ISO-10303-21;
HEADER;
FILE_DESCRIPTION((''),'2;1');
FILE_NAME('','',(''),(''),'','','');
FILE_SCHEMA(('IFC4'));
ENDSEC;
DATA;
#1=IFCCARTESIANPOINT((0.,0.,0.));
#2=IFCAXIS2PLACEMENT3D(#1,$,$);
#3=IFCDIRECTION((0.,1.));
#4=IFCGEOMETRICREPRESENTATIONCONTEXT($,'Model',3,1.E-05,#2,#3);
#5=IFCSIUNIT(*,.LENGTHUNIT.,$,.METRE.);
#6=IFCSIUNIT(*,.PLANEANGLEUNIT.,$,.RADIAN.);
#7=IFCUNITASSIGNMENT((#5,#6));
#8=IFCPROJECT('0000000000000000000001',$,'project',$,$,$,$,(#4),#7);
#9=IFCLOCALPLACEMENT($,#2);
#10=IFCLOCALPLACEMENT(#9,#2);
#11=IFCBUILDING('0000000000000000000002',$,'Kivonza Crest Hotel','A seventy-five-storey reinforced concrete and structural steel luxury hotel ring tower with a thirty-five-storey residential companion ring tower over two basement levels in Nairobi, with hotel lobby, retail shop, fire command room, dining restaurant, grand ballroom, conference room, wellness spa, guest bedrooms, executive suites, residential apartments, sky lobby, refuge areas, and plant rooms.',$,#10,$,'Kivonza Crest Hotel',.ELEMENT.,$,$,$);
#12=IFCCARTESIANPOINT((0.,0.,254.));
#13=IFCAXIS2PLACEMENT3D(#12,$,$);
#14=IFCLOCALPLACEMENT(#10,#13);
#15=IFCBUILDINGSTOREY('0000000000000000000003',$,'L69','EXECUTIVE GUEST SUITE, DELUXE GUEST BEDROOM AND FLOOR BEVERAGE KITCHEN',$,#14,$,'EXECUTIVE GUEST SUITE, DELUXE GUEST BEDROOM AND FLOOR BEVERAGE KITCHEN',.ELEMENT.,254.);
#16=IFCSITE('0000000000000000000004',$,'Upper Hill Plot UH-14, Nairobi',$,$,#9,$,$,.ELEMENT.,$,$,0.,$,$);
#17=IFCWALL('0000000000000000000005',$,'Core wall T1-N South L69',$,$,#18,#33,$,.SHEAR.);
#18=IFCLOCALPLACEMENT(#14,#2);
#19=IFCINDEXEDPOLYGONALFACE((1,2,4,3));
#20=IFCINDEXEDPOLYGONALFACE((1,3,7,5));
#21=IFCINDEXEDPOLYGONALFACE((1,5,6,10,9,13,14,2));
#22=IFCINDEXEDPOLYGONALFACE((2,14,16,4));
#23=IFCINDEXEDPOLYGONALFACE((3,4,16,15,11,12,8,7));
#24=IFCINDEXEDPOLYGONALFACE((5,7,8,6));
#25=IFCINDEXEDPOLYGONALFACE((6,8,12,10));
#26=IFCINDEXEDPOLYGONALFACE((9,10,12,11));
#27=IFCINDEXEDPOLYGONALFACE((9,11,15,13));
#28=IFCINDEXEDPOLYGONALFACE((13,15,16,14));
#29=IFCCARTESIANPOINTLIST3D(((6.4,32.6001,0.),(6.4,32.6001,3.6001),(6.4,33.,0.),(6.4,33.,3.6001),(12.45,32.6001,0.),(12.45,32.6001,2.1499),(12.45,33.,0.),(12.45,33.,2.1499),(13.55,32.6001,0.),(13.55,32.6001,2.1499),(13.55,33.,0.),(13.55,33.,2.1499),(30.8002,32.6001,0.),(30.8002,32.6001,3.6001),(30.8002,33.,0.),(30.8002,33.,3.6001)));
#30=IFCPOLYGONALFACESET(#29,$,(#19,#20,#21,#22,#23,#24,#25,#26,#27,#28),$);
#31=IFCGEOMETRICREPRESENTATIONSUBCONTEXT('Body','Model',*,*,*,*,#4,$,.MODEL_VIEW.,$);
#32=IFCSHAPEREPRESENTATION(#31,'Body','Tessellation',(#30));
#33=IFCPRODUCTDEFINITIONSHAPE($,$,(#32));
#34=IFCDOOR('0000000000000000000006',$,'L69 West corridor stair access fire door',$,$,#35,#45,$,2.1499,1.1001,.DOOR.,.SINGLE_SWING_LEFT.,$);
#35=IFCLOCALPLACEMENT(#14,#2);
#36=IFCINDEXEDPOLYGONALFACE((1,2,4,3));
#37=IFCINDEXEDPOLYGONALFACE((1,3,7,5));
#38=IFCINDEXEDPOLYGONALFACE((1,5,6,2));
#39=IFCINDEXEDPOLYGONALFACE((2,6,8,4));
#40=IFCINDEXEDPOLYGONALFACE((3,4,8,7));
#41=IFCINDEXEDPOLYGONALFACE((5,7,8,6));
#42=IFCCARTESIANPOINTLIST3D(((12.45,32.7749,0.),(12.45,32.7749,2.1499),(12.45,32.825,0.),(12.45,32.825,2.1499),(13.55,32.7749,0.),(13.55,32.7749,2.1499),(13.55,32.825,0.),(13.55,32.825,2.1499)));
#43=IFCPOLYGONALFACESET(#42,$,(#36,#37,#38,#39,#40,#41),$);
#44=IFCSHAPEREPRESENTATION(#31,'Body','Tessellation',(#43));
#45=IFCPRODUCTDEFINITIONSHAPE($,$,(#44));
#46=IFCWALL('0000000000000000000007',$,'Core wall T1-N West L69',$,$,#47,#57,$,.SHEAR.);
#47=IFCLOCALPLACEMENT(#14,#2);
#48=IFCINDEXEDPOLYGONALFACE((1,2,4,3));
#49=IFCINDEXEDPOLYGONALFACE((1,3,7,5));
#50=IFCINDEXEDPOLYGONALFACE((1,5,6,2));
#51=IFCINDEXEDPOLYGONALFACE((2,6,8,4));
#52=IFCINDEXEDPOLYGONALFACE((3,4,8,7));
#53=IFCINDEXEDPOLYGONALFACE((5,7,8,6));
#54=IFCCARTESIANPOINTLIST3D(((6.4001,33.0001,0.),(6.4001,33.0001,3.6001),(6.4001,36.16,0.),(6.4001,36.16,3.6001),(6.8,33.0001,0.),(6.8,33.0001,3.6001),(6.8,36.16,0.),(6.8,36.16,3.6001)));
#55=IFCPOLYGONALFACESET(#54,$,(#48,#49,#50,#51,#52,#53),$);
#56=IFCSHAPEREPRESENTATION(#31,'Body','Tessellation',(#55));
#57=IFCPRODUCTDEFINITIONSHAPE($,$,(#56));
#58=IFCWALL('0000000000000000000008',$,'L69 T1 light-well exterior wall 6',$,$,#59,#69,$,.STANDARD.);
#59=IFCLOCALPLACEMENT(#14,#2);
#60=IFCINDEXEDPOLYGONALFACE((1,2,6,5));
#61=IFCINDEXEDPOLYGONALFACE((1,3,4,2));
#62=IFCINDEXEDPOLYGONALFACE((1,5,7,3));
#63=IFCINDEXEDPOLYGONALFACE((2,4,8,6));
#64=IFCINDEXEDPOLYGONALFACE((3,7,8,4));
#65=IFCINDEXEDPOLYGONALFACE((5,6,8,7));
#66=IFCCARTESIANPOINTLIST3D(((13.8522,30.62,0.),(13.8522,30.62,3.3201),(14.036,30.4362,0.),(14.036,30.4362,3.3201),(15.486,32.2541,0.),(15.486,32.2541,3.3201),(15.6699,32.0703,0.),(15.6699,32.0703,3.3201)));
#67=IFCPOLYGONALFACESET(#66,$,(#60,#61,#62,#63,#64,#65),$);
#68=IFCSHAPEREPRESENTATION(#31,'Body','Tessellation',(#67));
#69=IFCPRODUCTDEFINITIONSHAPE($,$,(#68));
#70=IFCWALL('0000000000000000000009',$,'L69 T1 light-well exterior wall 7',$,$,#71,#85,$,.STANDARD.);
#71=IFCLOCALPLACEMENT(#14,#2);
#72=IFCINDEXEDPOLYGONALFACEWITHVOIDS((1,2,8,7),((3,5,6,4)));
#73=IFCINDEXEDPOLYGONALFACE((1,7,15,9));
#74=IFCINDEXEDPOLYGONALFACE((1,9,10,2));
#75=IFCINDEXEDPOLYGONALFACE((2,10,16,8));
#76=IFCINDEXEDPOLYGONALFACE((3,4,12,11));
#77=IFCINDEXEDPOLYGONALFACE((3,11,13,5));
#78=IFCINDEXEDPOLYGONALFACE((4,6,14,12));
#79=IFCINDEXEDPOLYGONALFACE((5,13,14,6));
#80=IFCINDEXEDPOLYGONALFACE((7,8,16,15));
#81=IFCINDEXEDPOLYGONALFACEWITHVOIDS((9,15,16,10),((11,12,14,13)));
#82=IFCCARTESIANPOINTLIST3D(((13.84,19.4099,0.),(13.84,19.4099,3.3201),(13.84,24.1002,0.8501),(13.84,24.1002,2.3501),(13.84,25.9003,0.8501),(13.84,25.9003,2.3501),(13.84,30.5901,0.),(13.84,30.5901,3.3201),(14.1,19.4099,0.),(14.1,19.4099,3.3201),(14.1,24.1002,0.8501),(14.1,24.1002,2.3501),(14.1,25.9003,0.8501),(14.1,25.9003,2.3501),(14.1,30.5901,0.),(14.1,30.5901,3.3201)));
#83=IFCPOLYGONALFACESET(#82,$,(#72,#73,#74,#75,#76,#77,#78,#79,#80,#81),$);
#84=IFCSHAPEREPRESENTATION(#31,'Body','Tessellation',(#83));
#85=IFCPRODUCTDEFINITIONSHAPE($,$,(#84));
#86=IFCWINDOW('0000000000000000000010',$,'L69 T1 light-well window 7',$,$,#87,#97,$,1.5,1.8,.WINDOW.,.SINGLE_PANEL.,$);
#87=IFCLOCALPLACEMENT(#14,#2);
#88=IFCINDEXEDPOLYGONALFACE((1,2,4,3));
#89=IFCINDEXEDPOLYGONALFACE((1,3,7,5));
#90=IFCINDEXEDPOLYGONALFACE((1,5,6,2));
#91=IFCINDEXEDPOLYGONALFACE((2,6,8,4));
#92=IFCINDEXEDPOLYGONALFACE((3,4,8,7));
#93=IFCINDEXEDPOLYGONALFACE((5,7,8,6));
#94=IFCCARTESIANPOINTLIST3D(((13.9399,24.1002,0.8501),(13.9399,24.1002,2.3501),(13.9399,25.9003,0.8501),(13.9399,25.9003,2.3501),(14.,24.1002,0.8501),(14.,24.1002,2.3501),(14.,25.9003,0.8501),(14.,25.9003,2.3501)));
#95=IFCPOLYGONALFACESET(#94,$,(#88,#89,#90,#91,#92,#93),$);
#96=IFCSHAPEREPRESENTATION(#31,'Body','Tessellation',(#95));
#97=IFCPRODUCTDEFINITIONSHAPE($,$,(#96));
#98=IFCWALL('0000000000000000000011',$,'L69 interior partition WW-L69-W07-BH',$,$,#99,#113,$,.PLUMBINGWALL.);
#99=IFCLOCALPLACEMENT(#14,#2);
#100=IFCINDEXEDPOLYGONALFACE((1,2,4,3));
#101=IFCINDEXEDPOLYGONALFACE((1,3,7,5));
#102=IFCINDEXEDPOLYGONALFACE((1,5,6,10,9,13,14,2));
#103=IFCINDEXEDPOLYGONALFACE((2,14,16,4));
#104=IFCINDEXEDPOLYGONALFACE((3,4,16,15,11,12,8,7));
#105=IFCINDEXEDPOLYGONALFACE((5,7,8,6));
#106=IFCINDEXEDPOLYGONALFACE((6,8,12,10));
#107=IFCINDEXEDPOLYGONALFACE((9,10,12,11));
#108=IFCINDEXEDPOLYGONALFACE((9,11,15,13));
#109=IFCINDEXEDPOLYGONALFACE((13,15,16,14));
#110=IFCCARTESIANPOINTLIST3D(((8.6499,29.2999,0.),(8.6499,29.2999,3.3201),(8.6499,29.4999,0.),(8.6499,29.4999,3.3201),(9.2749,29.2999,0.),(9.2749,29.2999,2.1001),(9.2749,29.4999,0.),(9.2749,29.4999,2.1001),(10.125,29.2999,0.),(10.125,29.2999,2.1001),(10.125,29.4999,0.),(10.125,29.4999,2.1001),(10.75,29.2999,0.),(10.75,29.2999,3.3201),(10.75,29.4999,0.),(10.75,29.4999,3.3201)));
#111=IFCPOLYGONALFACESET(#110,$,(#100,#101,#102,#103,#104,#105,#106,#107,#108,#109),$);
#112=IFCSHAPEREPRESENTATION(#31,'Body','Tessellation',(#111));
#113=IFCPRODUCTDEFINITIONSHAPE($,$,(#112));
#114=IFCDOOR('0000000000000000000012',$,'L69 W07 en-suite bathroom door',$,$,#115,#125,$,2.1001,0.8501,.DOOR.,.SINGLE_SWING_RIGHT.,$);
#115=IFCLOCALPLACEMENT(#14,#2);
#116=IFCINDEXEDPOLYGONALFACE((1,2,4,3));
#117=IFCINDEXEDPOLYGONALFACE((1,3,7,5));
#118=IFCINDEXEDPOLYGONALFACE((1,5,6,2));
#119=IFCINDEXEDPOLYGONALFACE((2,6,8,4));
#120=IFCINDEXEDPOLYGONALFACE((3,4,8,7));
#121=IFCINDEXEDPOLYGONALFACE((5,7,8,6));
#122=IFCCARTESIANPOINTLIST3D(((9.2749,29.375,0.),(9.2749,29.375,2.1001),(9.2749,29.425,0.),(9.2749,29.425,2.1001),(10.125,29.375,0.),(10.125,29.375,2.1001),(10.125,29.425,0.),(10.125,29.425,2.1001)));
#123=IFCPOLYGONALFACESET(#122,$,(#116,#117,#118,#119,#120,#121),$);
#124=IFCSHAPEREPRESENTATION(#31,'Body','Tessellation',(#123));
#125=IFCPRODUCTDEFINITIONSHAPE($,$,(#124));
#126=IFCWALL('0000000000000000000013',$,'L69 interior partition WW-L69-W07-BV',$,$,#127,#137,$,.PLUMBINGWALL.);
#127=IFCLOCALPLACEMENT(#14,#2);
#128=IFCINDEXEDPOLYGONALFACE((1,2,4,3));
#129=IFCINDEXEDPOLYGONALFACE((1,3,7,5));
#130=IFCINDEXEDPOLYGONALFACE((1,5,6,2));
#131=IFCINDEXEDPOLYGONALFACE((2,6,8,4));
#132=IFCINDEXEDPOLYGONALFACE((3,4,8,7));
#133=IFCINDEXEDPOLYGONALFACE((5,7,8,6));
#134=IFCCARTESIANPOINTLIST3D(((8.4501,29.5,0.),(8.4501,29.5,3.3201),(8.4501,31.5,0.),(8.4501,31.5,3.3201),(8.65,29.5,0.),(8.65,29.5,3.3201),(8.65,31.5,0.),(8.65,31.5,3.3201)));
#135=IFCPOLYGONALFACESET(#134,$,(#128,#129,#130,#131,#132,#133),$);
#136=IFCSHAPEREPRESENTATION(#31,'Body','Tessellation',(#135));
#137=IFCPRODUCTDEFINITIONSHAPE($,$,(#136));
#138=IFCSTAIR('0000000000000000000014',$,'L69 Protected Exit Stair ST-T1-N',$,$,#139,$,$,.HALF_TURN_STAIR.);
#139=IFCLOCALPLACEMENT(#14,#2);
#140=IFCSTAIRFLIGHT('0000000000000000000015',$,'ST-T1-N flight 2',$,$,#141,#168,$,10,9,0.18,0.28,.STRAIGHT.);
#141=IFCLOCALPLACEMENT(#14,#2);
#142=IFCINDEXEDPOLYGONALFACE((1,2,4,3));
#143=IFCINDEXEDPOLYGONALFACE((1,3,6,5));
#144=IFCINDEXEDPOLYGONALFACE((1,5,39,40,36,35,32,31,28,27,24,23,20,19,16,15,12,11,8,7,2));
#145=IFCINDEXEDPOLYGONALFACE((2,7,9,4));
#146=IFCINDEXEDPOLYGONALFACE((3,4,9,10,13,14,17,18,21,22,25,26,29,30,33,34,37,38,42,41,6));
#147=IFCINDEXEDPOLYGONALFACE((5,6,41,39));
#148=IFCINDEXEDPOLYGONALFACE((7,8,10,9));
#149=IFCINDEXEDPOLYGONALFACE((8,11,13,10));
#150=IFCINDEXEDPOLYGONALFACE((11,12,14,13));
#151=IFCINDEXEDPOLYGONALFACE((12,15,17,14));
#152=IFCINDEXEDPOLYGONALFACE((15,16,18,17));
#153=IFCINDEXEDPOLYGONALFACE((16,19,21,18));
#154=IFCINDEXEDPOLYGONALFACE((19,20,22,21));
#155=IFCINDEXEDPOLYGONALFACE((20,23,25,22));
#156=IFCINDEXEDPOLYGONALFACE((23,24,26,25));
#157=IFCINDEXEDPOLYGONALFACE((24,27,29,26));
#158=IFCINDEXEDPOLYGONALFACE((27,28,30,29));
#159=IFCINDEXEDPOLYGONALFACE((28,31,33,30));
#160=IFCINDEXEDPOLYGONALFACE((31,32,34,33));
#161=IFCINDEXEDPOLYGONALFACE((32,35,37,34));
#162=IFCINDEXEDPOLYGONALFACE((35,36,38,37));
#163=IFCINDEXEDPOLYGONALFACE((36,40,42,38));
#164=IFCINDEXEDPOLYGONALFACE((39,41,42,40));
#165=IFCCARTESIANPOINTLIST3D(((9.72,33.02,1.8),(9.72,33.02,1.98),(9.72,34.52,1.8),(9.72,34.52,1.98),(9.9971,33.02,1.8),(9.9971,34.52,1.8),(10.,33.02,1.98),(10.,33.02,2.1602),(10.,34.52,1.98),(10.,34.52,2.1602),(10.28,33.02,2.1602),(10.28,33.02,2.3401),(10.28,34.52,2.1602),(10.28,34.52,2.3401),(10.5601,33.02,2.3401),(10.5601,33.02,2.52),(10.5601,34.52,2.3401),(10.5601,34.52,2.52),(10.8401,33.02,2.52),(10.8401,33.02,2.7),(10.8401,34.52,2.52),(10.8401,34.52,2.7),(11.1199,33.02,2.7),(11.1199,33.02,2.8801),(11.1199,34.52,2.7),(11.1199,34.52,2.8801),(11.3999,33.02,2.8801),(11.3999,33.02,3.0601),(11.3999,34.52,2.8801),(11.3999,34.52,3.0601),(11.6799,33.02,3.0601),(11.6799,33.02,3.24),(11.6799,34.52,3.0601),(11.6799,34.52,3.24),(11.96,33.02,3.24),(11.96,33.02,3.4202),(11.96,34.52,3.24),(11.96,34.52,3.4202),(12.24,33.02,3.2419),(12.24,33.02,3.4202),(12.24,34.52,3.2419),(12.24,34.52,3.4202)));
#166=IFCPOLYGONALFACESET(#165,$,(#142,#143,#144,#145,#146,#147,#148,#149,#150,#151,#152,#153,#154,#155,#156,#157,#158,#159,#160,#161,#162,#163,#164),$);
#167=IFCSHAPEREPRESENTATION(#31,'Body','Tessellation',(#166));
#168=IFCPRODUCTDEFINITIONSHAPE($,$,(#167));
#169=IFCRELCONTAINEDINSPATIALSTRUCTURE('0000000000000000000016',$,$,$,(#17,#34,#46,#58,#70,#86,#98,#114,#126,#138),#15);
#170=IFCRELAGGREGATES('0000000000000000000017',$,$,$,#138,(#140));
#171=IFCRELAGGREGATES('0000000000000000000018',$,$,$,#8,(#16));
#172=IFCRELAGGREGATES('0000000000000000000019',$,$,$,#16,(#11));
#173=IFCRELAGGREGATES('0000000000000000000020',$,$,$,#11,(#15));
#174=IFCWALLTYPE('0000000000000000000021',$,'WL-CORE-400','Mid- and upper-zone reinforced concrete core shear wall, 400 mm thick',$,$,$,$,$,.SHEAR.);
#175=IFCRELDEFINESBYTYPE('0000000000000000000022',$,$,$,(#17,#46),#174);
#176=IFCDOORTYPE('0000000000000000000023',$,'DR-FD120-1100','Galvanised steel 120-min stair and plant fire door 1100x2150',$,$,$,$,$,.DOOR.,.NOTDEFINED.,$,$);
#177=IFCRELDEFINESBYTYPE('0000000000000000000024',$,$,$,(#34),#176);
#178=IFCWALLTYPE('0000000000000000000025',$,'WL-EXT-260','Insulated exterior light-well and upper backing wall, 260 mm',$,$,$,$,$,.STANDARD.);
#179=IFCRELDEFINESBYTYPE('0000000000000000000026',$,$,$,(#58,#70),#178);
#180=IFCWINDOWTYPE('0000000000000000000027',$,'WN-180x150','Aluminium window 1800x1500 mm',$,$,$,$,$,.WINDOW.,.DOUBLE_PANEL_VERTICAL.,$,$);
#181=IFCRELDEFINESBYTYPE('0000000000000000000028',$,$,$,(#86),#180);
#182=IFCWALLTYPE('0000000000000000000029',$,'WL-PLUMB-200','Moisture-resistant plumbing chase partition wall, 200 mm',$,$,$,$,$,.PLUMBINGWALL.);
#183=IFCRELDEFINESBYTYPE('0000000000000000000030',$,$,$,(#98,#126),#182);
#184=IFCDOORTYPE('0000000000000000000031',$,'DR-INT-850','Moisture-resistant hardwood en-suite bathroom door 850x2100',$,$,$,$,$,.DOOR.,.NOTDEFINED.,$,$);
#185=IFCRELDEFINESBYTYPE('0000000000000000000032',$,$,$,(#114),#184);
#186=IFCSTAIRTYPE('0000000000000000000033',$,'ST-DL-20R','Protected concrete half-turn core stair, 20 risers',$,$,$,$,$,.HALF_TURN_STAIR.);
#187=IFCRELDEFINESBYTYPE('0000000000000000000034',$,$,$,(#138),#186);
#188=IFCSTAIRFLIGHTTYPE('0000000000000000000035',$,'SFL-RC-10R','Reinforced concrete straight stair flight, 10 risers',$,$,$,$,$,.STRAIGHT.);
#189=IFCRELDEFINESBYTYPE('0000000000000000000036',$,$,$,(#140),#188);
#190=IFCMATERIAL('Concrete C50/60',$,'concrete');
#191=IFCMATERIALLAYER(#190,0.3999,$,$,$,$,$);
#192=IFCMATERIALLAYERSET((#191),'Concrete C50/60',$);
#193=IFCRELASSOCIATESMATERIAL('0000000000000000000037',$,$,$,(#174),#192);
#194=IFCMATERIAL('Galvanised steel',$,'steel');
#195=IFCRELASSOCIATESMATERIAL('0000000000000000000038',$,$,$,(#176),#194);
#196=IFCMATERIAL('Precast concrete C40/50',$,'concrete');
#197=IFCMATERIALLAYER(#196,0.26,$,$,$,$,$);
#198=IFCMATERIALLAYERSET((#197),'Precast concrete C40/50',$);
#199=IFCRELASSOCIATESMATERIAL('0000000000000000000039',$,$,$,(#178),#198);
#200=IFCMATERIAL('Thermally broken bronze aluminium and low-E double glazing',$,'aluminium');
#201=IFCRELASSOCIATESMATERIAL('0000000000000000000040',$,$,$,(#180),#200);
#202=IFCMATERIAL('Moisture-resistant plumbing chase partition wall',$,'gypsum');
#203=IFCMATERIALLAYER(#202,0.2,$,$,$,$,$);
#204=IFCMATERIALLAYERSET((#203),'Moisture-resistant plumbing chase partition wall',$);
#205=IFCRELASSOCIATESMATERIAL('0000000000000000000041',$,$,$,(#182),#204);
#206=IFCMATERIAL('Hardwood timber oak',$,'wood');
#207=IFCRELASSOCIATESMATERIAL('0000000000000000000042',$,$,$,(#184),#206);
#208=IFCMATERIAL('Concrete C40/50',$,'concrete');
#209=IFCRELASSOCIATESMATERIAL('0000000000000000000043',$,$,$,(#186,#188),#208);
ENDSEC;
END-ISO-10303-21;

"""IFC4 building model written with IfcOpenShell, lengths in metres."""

from ifc_helpers import new_model, si_unit, direction, frame, frame_2d, origin, place, context, subcontext, project, spatial, polyline, rectangle, outline, extrude, material, layer, layer_set, type_object, element, fill, aggregate, save


model = new_model("IFC4")

# Units and contexts
model_context = context("Model", 3, precision=1e-05, world=origin(), true_north=direction((0.0, 1.0)))
body_context = subcontext(model_context, "Body", "Model", "MODEL_VIEW")
ifc_project = project(units=[si_unit("LENGTHUNIT", "METRE"), si_unit("PLANEANGLEUNIT", "RADIAN")], contexts=[model_context])

# Site, building, storey
site_placement = place(None, origin())
site = spatial("IfcSite", under=ifc_project, at=site_placement, Name="Upper Hill Plot UH-14, Nairobi", CompositionType="ELEMENT", RefElevation=0.0)
building_placement = place(site_placement, origin())
building = spatial("IfcBuilding", under=site, at=building_placement, Name="Kivonza Crest Hotel", Description="A seventy-five-storey reinforced concrete and structural steel luxury hotel ring tower with a thirty-five-storey residential companion ring tower over two basement levels in Nairobi, with hotel lobby, retail shop, fire command room, dining restaurant, grand ballroom, conference room, wellness spa, guest bedrooms, executive suites, residential apartments, sky lobby, refuge areas, and plant rooms.", LongName="Kivonza Crest Hotel", CompositionType="ELEMENT")
storey_placement = place(building_placement, frame((0.0, 0.0, 254.0)))
storey = spatial("IfcBuildingStorey", under=building, at=storey_placement, Name="L69", Description="EXECUTIVE GUEST SUITE, DELUXE GUEST BEDROOM AND FLOOR BEVERAGE KITCHEN", LongName="EXECUTIVE GUEST SUITE, DELUXE GUEST BEDROOM AND FLOOR BEVERAGE KITCHEN", CompositionType="ELEMENT", Elevation=254.0)

# Shared definitions
ifc_material_1 = material(Name="Concrete C50/60", Category="concrete")

# Wall, opening, door
ifc_material_2 = material(Name="Hardwood timber oak", Category="wood")
ifc_layer_1 = layer(ifc_material_1, 0.3999)
ifc_layer_set_1 = layer_set([ifc_layer_1], Name="Concrete C50/60")
wall_type_1 = type_object("IfcWallType", Name="WL-CORE-400", Description="Mid- and upper-zone reinforced concrete core shear wall, 400 mm thick", PredefinedType="SHEAR", material=ifc_layer_set_1)
wall_1_placement = place(storey_placement, frame((6.3999, 32.8, 0.0), z_axis=(0.0, 0.0, 1.0), x_axis=(1.0, 0.0, 0.0)))
wall_1 = element("IfcWall", 1, at=wall_1_placement, inside=storey, type_object=wall_type_1, Name="Core wall T1-N South L69", PredefinedType="SHEAR", context=body_context, shape_type="SweptSolid", body=[
    extrude(rectangle(XDim=24.4001, YDim=0.3999, at=frame_2d((12.2002, 0.0))), origin(), (0.0, 0.0, 1.0), 3.6001),
])
opening_1_placement = place(wall_1_placement, frame((6.05, 0.0, 0.0)))
opening_1 = element("IfcOpeningElement", 2, at=opening_1_placement, cuts=wall_1, PredefinedType="OPENING", context=body_context, shape_type="SweptSolid", body=[
    extrude(rectangle(XDim=1.1001, YDim=2.1499, at=frame_2d((0.55, 1.075))), frame((0.0, 0.21, 0.0), z_axis=(0.0, -1.0, 0.0), x_axis=(1.0, 0.0, 0.0)), (0.0, 0.0, 1.0), 0.4199),
])
ifc_material_3 = material(Name="Galvanised steel", Category="steel")
door_type_1 = type_object("IfcDoorType", Name="DR-FD120-1100", Description="Galvanised steel 120-min stair and plant fire door 1100x2150", OperationType="NOTDEFINED", PredefinedType="DOOR", material=ifc_material_3)
door_1_placement = place(opening_1_placement, origin())
door_1 = element("IfcDoor", 3, at=door_1_placement, inside=storey, type_object=door_type_1, Name="L69 West corridor stair access fire door", OperationType="SINGLE_SWING_LEFT", OverallHeight=2.1499, OverallWidth=1.1001, PredefinedType="DOOR", context=body_context, shape_type="SweptSolid", body=[
    extrude(rectangle(XDim=1.1001, YDim=2.1499, at=frame_2d((0.55, 1.075))), frame((0.0, 0.0249, 0.0), z_axis=(0.0, -1.0, 0.0), x_axis=(1.0, 0.0, 0.0)), (0.0, 0.0, 1.0), 0.05),
])
fill(opening_1, door_1)

# Walls
wall_2_placement = place(storey_placement, frame((6.6001, 33.0, 0.0), z_axis=(0.0, 0.0, 1.0), x_axis=(0.0, 1.0, 0.0)))
element("IfcWall", 4, at=wall_2_placement, inside=storey, type_object=wall_type_1, Name="Core wall T1-N West L69", PredefinedType="SHEAR", context=body_context, shape_type="SweptSolid", body=[
    extrude(rectangle(XDim=3.1599, YDim=0.3999, at=frame_2d((1.5801, 0.0))), origin(), (0.0, 0.0, 1.0), 3.6001),
])
ifc_material_4 = material(Name="Precast concrete C40/50", Category="concrete")
ifc_layer_2 = layer(ifc_material_4, 0.26)
ifc_layer_set_2 = layer_set([ifc_layer_2], Name="Precast concrete C40/50")
wall_type_2 = type_object("IfcWallType", Name="WL-EXT-260", Description="Insulated exterior light-well and upper backing wall, 260 mm", PredefinedType="STANDARD", material=ifc_layer_set_2)
wall_3_placement = place(storey_placement, frame((15.5779, 32.1621, 0.0), z_axis=(0.0, 0.0, 1.0), x_axis=(-0.707054, -0.70716, 0.0)))
element("IfcWall", 5, at=wall_3_placement, inside=storey, type_object=wall_type_2, Name="L69 T1 light-well exterior wall 6", PredefinedType="STANDARD", context=body_context, shape_type="SweptSolid", body=[
    extrude(rectangle(XDim=2.3108, YDim=0.26, at=frame_2d((1.1553, 0.0))), origin(), (0.0, 0.0, 1.0), 3.3201),
])

# Wall, opening, window
wall_4_placement = place(storey_placement, frame((13.97, 30.5901, 0.0), z_axis=(0.0, 0.0, 1.0), x_axis=(0.0, -1.0, 0.0)))
wall_4 = element("IfcWall", 6, at=wall_4_placement, inside=storey, type_object=wall_type_2, Name="L69 T1 light-well exterior wall 7", PredefinedType="STANDARD", context=body_context, shape_type="SweptSolid", body=[
    extrude(rectangle(XDim=11.1802, YDim=0.26, at=frame_2d((5.5901, 0.0))), origin(), (0.0, 0.0, 1.0), 3.3201),
])
opening_2_placement = place(wall_4_placement, frame((4.6899, 0.0, 0.8501)))
opening_2 = element("IfcOpeningElement", 7, at=opening_2_placement, cuts=wall_4, PredefinedType="OPENING", context=body_context, shape_type="SweptSolid", body=[
    extrude(rectangle(XDim=1.8, YDim=1.5, at=frame_2d((0.8999, 0.75))), frame((0.0, 0.1401, 0.0), z_axis=(0.0, -1.0, 0.0), x_axis=(1.0, 0.0, 0.0)), (0.0, 0.0, 1.0), 0.28),
])
ifc_material_5 = material(Name="Thermally broken bronze aluminium and low-E double glazing", Category="aluminium")
window_type = type_object("IfcWindowType", Name="WN-180x150", Description="Aluminium window 1800x1500 mm", PartitioningType="DOUBLE_PANEL_VERTICAL", PredefinedType="WINDOW", material=ifc_material_5)
window_placement = place(opening_2_placement, origin())
window = element("IfcWindow", 8, at=window_placement, inside=storey, type_object=window_type, Name="L69 T1 light-well window 7", OverallHeight=1.5, OverallWidth=1.8, PartitioningType="SINGLE_PANEL", PredefinedType="WINDOW", context=body_context, shape_type="SweptSolid", body=[
    extrude(rectangle(XDim=1.8, YDim=1.5, at=frame_2d((0.8999, 0.75))), frame((0.0, 0.03, 0.0), z_axis=(0.0, -1.0, 0.0), x_axis=(1.0, 0.0, 0.0)), (0.0, 0.0, 1.0), 0.0601),
])
fill(opening_2, window)

# Wall, opening, door
ifc_material_6 = material(Name="Moisture-resistant plumbing chase partition wall", Category="gypsum")
ifc_layer_3 = layer(ifc_material_6, 0.2)
ifc_layer_set_3 = layer_set([ifc_layer_3], Name="Moisture-resistant plumbing chase partition wall")
wall_type_3 = type_object("IfcWallType", Name="WL-PLUMB-200", Description="Moisture-resistant plumbing chase partition wall, 200 mm", PredefinedType="PLUMBINGWALL", material=ifc_layer_set_3)
wall_5_placement = place(storey_placement, frame((8.6499, 29.3999, 0.0), z_axis=(0.0, 0.0, 1.0), x_axis=(1.0, 0.0, 0.0)))
wall_5 = element("IfcWall", 9, at=wall_5_placement, inside=storey, type_object=wall_type_3, Name="L69 interior partition WW-L69-W07-BH", PredefinedType="PLUMBINGWALL", context=body_context, shape_type="SweptSolid", body=[
    extrude(rectangle(XDim=2.1001, YDim=0.2, at=frame_2d((1.05, 0.0))), origin(), (0.0, 0.0, 1.0), 3.3201),
])
opening_3_placement = place(wall_5_placement, frame((0.625, 0.0, 0.0)))
opening_3 = element("IfcOpeningElement", 10, at=opening_3_placement, cuts=wall_5, PredefinedType="OPENING", context=body_context, shape_type="SweptSolid", body=[
    extrude(rectangle(XDim=0.8501, YDim=2.1001, at=frame_2d((0.425, 1.05))), frame((0.0, 0.1099, 0.0), z_axis=(0.0, -1.0, 0.0), x_axis=(1.0, 0.0, 0.0)), (0.0, 0.0, 1.0), 0.22),
])
door_type_2 = type_object("IfcDoorType", Name="DR-INT-850", Description="Moisture-resistant hardwood en-suite bathroom door 850x2100", OperationType="NOTDEFINED", PredefinedType="DOOR", material=ifc_material_2)
door_2_placement = place(opening_3_placement, frame((0.8501, 0.0, 0.0), z_axis=(0.0, 0.0, 1.0), x_axis=(-1.0, 0.0, 0.0)))
door_2 = element("IfcDoor", 11, at=door_2_placement, inside=storey, type_object=door_type_2, Name="L69 W07 en-suite bathroom door", OperationType="SINGLE_SWING_RIGHT", OverallHeight=2.1001, OverallWidth=0.8501, PredefinedType="DOOR", context=body_context, shape_type="SweptSolid", body=[
    extrude(rectangle(XDim=0.8501, YDim=2.1001, at=frame_2d((0.425, 1.05))), frame((0.0, 0.0249, 0.0), z_axis=(0.0, -1.0, 0.0), x_axis=(1.0, 0.0, 0.0)), (0.0, 0.0, 1.0), 0.05),
])
fill(opening_3, door_2)

# Wall
wall_6_placement = place(storey_placement, frame((8.55, 29.5, 0.0), z_axis=(0.0, 0.0, 1.0), x_axis=(0.0, 1.0, 0.0)))
element("IfcWall", 12, at=wall_6_placement, inside=storey, type_object=wall_type_3, Name="L69 interior partition WW-L69-W07-BV", PredefinedType="PLUMBINGWALL", context=body_context, shape_type="SweptSolid", body=[
    extrude(rectangle(XDim=2.0, YDim=0.2, at=frame_2d((1.0, 0.0))), origin(), (0.0, 0.0, 1.0), 3.3201),
])

# Stair, stair flight
ifc_material_7 = material(Name="Concrete C40/50", Category="concrete")
stair_type = type_object("IfcStairType", Name="ST-DL-20R", Description="Protected concrete half-turn core stair, 20 risers", PredefinedType="HALF_TURN_STAIR", material=ifc_material_7)
stair_placement = place(storey_placement, origin())
stair = element("IfcStair", 13, at=stair_placement, inside=storey, type_object=stair_type, Name="L69 Protected Exit Stair ST-T1-N", PredefinedType="HALF_TURN_STAIR")
stair_flight_type = type_object("IfcStairFlightType", Name="SFL-RC-10R", Description="Reinforced concrete straight stair flight, 10 risers", PredefinedType="STRAIGHT", material=ifc_material_7)
stair_flight_placement = place(storey_placement, frame((9.72, 33.77, 1.8), z_axis=(0.0, 0.0, 1.0), x_axis=(1.0, 0.0, 0.0)))
stair_flight = element("IfcStairFlight", 14, at=stair_flight_placement, type_object=stair_flight_type, Name="ST-T1-N flight 2", NumberOfRisers=10, NumberOfTreads=9, PredefinedType="STRAIGHT", RiserHeight=0.18, TreadLength=0.28, context=body_context, shape_type="SweptSolid", body=[
    extrude(outline(polyline([(0.0, 0.0), (0.0, 0.1799), (0.28, 0.1799), (0.28, 0.3601), (0.5601, 0.3601), (0.5601, 0.54), (0.8401, 0.54), (0.8401, 0.72), (1.1201, 0.72), (1.1201, 0.8999), (1.3999, 0.8999), (1.3999, 1.0801), (1.6799, 1.0801), (1.6799, 1.26), (1.96, 1.26), (1.96, 1.4399), (2.24, 1.4399), (2.24, 1.6201), (2.52, 1.6201), (2.52, 1.8), (2.52, 1.4419), (0.2771, 0.0), (0.0, 0.0)])), frame((0.0, 0.75, 0.0), z_axis=(0.0, -1.0, 0.0), x_axis=(1.0, 0.0, 0.0)), (0.0, 0.0, 1.0), 1.5),
])
aggregate(stair, [stair_flight])

save(model, "model.ifc")
